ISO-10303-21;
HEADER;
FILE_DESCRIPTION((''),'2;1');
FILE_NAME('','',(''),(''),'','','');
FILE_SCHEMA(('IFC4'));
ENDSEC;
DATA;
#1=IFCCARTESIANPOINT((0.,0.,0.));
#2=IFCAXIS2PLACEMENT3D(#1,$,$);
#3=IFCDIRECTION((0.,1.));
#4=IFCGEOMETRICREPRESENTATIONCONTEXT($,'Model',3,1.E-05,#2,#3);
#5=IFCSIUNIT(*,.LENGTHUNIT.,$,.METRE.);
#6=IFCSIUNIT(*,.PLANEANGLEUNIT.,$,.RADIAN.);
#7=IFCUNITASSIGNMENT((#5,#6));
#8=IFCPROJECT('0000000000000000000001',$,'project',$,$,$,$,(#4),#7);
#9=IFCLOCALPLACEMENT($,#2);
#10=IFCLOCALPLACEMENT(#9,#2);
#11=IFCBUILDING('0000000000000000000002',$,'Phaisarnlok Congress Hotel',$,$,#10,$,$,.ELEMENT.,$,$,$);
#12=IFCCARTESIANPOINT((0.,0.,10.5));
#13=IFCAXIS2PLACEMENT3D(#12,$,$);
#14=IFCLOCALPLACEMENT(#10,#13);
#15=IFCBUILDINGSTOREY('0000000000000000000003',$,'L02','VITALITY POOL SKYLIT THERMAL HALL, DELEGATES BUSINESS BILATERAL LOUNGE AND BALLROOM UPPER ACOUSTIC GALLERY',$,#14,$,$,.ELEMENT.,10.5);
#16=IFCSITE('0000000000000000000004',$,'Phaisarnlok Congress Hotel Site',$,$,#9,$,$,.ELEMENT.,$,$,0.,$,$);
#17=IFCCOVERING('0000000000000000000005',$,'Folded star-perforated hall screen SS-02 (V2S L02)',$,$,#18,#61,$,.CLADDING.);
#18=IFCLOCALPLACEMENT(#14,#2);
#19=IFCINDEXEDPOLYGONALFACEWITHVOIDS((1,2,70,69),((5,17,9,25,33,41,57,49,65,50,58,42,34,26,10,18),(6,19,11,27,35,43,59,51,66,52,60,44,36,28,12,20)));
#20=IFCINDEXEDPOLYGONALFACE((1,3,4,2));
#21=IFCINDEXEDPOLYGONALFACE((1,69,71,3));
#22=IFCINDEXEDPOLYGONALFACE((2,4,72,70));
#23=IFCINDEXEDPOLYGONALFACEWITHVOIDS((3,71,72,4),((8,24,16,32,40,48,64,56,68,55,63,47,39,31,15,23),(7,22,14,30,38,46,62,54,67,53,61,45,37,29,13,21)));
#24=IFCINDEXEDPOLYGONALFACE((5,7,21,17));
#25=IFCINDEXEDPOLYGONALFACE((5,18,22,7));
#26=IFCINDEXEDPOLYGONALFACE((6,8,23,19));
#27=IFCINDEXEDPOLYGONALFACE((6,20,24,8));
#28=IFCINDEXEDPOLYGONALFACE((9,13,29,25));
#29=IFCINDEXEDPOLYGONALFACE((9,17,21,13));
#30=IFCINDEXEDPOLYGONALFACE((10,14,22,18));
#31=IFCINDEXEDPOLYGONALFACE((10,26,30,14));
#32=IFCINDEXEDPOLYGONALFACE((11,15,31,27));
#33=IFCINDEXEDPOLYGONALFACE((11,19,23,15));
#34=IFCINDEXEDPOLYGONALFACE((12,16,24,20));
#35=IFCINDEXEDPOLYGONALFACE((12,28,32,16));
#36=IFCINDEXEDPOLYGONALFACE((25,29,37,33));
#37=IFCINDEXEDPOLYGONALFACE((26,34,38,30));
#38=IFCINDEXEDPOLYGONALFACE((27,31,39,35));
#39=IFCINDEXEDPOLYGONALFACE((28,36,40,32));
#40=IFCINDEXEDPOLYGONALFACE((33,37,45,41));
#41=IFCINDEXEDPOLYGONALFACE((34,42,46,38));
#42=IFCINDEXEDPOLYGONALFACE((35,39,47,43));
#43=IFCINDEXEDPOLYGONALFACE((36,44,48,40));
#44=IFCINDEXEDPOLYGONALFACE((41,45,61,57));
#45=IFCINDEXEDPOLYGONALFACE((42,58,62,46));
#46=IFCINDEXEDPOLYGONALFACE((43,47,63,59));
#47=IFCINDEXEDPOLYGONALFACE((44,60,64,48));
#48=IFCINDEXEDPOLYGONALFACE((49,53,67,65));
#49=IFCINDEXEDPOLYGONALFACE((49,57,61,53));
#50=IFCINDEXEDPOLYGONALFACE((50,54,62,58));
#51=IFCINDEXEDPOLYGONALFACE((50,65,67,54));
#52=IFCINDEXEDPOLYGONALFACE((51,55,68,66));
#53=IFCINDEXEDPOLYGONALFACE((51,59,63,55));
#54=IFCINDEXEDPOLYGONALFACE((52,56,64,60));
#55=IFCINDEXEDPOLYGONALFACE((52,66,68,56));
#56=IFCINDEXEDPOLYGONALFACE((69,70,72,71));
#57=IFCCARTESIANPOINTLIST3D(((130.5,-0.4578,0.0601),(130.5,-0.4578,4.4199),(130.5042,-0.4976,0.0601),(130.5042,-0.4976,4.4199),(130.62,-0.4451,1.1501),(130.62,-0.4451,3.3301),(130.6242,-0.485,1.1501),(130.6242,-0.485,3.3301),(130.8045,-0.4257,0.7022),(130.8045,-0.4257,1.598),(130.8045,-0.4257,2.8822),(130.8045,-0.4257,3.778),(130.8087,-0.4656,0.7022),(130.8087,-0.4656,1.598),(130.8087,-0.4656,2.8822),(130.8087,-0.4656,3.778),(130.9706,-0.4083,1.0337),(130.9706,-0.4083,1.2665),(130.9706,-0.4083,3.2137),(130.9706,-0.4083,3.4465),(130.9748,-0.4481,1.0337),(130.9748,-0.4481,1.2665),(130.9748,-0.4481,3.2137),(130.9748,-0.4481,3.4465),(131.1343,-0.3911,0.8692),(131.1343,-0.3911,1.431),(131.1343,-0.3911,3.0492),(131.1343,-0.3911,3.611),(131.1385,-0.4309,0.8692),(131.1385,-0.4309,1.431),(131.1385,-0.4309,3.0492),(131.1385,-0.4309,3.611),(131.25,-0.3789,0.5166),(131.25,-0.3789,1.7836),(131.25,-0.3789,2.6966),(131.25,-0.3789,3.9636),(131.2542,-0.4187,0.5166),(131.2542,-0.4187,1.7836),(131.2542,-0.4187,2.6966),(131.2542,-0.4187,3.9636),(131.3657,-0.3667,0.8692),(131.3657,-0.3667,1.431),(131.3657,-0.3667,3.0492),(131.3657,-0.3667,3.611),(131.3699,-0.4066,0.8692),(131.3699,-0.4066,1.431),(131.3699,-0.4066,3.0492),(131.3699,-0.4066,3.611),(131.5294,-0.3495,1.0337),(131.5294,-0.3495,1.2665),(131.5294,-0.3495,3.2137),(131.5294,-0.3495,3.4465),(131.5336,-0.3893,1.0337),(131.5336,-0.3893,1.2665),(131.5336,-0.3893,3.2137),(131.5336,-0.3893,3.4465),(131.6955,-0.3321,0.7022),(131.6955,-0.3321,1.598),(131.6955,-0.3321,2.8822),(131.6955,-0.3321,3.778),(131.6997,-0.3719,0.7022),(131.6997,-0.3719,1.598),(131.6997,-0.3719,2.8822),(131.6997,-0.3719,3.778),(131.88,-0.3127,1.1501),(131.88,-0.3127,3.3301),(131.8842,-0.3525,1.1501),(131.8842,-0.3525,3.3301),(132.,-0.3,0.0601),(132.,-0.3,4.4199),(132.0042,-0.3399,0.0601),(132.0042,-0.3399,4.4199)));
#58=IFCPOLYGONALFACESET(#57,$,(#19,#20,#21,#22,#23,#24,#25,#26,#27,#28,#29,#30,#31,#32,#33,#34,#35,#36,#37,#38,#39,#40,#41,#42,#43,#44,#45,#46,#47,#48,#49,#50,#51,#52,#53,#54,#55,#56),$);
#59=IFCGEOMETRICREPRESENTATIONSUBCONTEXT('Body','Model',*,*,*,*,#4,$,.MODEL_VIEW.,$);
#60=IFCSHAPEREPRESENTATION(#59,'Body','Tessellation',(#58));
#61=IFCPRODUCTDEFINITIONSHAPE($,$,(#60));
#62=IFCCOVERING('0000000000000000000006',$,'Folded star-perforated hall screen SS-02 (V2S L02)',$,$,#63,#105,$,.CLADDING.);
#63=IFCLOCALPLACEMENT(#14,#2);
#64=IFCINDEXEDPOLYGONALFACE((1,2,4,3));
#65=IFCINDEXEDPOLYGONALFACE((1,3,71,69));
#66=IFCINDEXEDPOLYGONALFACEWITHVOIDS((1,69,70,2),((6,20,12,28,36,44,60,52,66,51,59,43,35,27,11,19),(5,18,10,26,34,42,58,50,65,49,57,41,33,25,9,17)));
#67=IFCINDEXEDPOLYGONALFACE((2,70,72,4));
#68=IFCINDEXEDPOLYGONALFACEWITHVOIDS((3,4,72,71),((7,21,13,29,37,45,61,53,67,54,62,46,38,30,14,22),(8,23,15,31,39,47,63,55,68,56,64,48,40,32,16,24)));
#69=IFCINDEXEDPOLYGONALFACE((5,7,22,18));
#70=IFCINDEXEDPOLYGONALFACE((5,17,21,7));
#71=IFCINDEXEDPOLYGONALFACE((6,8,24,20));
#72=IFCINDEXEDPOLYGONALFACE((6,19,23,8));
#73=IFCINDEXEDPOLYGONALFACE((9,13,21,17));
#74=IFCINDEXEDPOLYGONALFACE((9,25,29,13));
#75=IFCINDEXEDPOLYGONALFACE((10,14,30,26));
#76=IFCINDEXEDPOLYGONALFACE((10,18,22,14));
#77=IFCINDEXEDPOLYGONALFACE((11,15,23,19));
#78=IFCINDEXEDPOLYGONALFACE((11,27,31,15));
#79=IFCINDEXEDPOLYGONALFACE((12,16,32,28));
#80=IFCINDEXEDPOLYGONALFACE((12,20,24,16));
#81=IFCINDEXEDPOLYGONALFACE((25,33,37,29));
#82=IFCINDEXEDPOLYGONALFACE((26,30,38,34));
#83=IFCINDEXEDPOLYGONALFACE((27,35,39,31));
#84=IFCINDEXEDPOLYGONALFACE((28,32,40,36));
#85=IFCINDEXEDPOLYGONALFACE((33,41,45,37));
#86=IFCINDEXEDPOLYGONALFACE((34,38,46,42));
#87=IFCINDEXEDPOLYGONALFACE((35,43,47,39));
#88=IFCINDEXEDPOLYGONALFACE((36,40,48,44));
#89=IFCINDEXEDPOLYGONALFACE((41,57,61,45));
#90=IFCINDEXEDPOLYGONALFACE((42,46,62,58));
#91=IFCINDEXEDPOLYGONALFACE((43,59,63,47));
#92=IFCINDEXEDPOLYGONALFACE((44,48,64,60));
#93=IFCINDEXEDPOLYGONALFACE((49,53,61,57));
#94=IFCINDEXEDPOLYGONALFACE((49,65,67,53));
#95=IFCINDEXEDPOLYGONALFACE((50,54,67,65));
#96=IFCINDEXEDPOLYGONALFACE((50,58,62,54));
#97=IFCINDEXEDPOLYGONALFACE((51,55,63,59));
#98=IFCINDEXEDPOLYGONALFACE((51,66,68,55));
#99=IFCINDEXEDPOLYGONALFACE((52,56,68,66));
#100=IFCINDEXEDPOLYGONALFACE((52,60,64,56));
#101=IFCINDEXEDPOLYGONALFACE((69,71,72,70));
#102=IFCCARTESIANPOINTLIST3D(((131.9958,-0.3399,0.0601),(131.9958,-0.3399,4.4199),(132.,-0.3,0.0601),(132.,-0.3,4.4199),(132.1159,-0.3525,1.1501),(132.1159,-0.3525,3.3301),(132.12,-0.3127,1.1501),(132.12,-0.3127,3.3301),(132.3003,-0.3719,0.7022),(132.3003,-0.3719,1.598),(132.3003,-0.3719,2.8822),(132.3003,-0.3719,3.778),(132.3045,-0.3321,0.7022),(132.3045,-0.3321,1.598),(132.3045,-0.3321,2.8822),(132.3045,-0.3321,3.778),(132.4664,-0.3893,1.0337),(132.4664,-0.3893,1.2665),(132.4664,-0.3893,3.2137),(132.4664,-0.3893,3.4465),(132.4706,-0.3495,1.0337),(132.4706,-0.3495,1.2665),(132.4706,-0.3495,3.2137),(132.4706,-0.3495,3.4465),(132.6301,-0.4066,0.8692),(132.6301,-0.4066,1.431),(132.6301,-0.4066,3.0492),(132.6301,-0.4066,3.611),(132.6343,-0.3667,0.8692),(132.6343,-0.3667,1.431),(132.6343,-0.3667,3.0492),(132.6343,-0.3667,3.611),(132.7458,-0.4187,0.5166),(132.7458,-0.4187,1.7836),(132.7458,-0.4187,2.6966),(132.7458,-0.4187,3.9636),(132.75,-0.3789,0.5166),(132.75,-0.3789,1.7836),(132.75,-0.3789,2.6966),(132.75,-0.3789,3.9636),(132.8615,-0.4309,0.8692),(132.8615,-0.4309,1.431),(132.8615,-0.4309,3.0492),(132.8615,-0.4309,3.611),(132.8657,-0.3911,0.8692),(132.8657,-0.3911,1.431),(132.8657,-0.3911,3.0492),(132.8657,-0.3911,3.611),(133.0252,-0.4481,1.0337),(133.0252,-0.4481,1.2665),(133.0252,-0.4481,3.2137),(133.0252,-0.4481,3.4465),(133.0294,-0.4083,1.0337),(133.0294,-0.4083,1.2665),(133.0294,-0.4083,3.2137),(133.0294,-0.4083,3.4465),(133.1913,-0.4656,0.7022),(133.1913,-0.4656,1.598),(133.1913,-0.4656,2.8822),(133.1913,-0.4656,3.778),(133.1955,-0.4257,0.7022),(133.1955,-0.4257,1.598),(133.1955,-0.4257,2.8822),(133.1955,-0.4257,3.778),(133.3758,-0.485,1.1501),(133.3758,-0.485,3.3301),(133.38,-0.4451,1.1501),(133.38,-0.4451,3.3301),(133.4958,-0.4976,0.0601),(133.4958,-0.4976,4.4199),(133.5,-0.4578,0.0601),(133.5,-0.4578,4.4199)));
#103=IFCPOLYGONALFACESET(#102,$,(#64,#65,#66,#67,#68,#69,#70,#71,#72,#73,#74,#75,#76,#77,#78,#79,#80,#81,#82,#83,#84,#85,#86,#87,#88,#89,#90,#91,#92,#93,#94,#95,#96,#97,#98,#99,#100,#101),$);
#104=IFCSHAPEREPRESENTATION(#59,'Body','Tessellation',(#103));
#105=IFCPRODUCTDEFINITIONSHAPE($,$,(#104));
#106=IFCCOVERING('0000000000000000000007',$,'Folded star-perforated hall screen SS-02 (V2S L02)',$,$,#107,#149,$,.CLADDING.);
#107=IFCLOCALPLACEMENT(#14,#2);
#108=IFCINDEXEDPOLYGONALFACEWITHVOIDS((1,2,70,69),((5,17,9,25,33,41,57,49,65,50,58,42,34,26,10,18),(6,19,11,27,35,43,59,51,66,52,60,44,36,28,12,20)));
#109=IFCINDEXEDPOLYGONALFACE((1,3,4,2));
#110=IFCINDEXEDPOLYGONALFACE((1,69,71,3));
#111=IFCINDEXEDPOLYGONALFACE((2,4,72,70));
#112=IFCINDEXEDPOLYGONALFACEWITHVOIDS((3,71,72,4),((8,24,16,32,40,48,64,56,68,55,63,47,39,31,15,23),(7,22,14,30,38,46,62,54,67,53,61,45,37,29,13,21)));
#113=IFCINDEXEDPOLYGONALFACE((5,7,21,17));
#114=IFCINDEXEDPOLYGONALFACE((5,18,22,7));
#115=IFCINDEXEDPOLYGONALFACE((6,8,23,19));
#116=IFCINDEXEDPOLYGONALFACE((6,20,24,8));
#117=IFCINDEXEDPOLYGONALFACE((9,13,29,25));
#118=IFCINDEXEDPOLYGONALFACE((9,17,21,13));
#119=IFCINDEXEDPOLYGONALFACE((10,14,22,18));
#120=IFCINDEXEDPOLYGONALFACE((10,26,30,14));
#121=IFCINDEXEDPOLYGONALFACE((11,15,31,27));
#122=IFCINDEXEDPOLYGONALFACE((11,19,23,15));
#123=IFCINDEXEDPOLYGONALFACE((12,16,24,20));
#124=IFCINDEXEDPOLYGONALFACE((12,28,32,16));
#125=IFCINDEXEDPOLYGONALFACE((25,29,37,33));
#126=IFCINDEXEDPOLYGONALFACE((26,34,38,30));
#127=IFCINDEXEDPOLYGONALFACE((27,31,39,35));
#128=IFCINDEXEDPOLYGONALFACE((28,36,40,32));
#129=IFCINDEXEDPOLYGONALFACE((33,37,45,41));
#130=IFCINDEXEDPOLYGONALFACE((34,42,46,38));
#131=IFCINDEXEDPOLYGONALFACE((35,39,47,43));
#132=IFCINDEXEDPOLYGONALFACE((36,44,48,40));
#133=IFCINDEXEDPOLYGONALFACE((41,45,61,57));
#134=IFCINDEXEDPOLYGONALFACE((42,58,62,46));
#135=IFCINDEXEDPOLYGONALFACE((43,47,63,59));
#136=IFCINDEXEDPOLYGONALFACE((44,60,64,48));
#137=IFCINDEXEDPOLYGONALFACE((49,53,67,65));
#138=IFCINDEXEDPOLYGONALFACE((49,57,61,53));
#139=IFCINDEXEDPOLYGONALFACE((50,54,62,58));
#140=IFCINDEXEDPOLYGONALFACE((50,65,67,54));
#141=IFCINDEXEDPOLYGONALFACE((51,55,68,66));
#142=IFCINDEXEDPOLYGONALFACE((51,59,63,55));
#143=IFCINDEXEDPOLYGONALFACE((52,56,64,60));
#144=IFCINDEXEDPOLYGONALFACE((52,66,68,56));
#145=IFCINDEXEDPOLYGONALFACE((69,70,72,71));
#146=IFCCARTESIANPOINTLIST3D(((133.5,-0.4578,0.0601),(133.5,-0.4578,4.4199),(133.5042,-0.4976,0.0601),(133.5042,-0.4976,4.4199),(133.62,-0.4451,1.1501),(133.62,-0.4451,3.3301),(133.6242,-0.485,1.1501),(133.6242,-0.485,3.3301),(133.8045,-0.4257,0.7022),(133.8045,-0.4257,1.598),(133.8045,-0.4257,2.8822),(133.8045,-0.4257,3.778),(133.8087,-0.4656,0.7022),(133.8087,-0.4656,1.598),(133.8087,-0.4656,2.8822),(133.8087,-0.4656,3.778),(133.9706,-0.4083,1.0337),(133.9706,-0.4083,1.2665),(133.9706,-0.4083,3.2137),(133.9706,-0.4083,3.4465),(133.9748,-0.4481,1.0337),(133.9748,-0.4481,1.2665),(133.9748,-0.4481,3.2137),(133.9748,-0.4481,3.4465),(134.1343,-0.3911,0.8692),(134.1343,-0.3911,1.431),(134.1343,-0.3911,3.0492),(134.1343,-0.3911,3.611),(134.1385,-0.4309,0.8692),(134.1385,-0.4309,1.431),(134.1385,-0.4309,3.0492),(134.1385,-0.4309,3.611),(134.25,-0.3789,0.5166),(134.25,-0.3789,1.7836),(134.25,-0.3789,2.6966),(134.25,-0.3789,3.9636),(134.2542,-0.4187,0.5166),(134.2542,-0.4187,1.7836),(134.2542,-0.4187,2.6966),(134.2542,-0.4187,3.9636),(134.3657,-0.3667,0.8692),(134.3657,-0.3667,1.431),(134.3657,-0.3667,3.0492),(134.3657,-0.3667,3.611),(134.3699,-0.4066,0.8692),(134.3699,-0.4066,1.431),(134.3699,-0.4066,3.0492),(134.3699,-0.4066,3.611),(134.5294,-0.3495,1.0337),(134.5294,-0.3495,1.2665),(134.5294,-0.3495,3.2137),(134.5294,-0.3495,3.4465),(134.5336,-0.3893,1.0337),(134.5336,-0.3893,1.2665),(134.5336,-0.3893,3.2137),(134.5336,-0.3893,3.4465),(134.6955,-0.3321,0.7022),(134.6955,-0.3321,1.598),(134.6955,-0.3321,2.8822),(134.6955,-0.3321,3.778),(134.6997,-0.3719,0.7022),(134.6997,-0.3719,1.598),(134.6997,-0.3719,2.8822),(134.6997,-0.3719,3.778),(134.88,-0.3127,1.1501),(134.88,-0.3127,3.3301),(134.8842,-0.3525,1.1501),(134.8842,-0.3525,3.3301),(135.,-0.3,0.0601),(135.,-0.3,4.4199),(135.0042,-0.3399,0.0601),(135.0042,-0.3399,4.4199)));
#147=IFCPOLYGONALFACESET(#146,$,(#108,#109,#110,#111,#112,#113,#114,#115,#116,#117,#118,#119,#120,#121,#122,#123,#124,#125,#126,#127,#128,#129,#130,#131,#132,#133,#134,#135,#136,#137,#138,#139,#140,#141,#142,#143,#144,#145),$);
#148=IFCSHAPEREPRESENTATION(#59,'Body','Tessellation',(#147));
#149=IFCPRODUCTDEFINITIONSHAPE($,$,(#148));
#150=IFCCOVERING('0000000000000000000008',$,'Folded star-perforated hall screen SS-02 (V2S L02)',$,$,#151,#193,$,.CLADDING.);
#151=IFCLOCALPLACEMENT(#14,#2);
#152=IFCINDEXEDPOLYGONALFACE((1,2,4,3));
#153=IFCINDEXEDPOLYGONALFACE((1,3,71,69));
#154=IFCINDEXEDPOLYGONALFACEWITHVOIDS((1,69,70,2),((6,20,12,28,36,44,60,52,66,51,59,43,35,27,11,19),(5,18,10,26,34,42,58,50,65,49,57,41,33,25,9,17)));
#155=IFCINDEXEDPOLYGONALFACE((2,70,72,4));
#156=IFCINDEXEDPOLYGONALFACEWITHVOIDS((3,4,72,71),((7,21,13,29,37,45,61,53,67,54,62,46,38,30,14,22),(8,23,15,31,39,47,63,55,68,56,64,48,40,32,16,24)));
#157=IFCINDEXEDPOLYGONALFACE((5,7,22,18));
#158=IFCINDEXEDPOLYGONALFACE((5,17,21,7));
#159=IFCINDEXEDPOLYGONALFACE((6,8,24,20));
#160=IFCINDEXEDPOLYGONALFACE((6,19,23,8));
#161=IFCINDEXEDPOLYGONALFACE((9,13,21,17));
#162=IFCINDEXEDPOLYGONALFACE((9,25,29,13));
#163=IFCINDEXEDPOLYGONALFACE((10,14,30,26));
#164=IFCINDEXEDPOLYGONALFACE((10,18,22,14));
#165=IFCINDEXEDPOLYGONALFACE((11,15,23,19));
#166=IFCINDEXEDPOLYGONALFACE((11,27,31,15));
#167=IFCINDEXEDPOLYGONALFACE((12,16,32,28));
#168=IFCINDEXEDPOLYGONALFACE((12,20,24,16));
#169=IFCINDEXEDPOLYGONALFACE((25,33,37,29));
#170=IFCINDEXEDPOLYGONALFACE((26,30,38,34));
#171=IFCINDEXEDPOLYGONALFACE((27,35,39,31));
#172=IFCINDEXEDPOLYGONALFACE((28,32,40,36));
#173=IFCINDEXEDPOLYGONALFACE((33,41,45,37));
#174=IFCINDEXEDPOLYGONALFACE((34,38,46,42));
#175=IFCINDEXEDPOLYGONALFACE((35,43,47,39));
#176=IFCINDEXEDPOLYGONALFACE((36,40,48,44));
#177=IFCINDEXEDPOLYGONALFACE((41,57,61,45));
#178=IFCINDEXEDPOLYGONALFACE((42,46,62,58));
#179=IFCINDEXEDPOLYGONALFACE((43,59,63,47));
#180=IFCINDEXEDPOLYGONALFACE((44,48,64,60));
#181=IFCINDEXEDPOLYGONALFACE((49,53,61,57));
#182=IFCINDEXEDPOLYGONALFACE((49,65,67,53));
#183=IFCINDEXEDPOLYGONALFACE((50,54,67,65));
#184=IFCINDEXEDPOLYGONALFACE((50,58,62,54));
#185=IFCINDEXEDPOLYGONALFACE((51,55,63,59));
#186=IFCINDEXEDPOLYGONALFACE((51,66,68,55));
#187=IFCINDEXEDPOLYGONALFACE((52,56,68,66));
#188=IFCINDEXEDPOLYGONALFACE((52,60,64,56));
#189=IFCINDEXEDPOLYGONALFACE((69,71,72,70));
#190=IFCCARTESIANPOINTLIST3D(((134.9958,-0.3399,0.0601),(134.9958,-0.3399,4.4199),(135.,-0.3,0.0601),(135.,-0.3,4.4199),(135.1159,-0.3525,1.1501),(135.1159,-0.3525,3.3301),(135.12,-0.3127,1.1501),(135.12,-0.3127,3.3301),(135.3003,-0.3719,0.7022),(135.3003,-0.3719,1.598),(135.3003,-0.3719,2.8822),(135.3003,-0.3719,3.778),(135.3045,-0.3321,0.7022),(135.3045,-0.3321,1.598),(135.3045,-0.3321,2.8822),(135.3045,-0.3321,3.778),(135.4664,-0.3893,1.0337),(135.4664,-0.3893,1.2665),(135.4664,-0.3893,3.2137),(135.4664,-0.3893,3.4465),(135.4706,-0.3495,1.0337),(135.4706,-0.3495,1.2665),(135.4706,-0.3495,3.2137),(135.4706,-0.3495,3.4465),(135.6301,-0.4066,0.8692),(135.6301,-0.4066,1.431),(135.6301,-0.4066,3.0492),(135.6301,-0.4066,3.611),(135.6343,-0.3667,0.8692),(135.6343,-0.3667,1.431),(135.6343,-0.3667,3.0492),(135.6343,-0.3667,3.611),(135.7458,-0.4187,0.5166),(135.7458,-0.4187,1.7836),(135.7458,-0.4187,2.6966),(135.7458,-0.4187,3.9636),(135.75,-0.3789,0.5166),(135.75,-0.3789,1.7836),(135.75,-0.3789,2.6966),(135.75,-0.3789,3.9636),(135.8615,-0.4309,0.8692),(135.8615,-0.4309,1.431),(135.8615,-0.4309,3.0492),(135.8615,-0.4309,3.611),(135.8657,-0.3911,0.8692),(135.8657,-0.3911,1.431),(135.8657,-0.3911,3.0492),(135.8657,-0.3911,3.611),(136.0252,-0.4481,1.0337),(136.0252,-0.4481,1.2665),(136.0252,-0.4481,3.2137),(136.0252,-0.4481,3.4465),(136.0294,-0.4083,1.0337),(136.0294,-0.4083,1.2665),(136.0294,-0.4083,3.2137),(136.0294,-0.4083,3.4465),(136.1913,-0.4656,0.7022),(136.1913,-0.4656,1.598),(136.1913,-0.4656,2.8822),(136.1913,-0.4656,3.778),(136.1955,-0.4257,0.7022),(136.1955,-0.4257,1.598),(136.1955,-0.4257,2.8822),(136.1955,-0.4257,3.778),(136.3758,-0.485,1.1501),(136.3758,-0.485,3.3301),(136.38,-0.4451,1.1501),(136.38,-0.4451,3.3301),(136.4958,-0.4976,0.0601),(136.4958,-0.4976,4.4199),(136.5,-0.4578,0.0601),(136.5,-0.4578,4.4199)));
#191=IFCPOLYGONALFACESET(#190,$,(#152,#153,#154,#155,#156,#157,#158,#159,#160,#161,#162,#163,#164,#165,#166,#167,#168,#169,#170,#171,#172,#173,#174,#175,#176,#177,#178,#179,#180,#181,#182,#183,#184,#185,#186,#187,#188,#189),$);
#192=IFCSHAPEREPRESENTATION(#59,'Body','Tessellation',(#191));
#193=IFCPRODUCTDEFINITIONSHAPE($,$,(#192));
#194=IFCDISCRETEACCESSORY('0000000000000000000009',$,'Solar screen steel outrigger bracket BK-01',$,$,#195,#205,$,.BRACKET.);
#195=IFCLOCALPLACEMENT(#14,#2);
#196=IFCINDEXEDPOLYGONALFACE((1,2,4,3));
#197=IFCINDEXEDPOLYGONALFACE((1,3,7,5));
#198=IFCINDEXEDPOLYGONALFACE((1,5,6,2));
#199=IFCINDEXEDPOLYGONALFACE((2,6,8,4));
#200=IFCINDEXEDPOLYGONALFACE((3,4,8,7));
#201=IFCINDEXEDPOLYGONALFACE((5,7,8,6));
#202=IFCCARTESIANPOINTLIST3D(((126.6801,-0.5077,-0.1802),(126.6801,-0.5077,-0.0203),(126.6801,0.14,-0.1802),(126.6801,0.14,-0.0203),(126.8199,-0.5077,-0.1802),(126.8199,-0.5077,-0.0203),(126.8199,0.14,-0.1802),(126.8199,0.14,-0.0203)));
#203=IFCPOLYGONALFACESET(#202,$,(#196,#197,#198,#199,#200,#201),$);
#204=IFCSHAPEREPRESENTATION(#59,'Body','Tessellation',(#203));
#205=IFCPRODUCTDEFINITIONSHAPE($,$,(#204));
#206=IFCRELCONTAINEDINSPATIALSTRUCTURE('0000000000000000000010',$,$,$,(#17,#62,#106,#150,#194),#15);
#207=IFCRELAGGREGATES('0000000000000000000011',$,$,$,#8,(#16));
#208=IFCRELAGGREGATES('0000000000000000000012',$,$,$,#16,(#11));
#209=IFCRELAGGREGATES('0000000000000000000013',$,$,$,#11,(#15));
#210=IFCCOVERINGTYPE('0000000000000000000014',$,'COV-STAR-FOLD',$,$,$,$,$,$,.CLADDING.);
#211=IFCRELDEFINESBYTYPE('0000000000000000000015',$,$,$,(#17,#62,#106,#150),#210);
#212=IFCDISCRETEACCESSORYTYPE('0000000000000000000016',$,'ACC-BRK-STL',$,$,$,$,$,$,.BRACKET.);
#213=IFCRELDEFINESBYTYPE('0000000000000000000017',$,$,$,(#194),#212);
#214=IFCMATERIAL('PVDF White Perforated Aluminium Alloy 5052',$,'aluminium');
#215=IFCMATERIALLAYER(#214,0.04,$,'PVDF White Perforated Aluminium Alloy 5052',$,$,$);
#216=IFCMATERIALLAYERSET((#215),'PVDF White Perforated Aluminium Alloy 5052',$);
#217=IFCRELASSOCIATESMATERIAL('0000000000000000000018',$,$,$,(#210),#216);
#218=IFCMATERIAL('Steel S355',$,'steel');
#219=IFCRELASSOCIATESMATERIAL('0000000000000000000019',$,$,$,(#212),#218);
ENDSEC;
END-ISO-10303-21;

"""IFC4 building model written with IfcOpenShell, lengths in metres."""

from ifc_helpers import new_model, si_unit, direction, frame, origin, origin_2d, place, context, subcontext, project, spatial, polyline, rectangle, outline, extrude, material, layer, layer_set, type_object, element, save


model = new_model("IFC4")

# Units and contexts
model_context = context("Model", 3, precision=1e-05, world=origin(), true_north=direction((0.0, 1.0)))
body_context = subcontext(model_context, "Body", "Model", "MODEL_VIEW")
ifc_project = project(units=[si_unit("LENGTHUNIT", "METRE"), si_unit("PLANEANGLEUNIT", "RADIAN")], contexts=[model_context])

# Site, building, storey
site_placement = place(None, origin())
site = spatial("IfcSite", under=ifc_project, at=site_placement, Name="Phaisarnlok Congress Hotel Site", CompositionType="ELEMENT", RefElevation=0.0)
building_placement = place(site_placement, origin())
building = spatial("IfcBuilding", under=site, at=building_placement, Name="Phaisarnlok Congress Hotel", CompositionType="ELEMENT")
storey_placement = place(building_placement, frame((0.0, 0.0, 10.5)))
storey = spatial("IfcBuildingStorey", under=building, at=storey_placement, Name="L02", Description="VITALITY POOL SKYLIT THERMAL HALL, DELEGATES BUSINESS BILATERAL LOUNGE AND BALLROOM UPPER ACOUSTIC GALLERY", CompositionType="ELEMENT", Elevation=10.5)

# Shared definitions
ifc_material_1 = material(Name="Steel S355", Category="steel")

# Coverings
ifc_material_2 = material(Name="PVDF White Perforated Aluminium Alloy 5052", Category="aluminium")
ifc_layer_1 = layer(ifc_material_2, 0.04, Name="PVDF White Perforated Aluminium Alloy 5052")
ifc_layer_set_1 = layer_set([ifc_layer_1], Name="PVDF White Perforated Aluminium Alloy 5052")
covering_type = type_object("IfcCoveringType", Name="COV-STAR-FOLD", PredefinedType="CLADDING", material=ifc_layer_set_1)
for number, where, z_axis, x_axis, name in (
    (1, (130.5, -0.4578, 0.0601), (0.104567, -0.994518, 0.0), (0.994518, 0.104567, 0.0), "Folded star-perforated hall screen SS-02 (V2S L02)"),
    (2, (132.0, -0.3, 0.0601), (-0.104567, -0.994518, 0.0), (0.994518, -0.104567, 0.0), "Folded star-perforated hall screen SS-02 (V2S L02)"),
    (3, (133.5, -0.4578, 0.0601), (0.104567, -0.994518, 0.0), (0.994518, 0.104567, 0.0), "Folded star-perforated hall screen SS-02 (V2S L02)"),
    (4, (135.0, -0.3, 0.0601), (-0.104567, -0.994518, 0.0), (0.994518, -0.104567, 0.0), "Folded star-perforated hall screen SS-02 (V2S L02)"),
):
    element("IfcCovering", number, at=place(storey_placement, frame(where, z_axis=z_axis, x_axis=x_axis)), inside=storey, type_object=covering_type, Name=name, PredefinedType="CLADDING", context=body_context, shape_type="SweptSolid", body=[
        extrude(outline(polyline([(0.0, 0.0), (1.5083, 0.0), (1.5083, 4.3599), (0.0, 4.3599), (0.0, 0.0)]), holes=[polyline([(1.0351, 0.9736), (1.2021, 0.6421), (0.8705, 0.8091), (0.7541, 0.4565), (0.6378, 0.8091), (0.3062, 0.6421), (0.4732, 0.9736), (0.1207, 1.09), (0.4732, 1.2064), (0.3062, 1.5379), (0.6378, 1.3709), (0.7541, 1.7235), (0.8705, 1.3709), (1.2021, 1.5379), (1.0351, 1.2064), (1.3876, 1.09), (1.0351, 0.9736)]), polyline([(1.0351, 3.1536), (1.2021, 2.8221), (0.8705, 2.9891), (0.7541, 2.6365), (0.6378, 2.9891), (0.3062, 2.8221), (0.4732, 3.1536), (0.1207, 3.27), (0.4732, 3.3864), (0.3062, 3.7179), (0.6378, 3.5509), (0.7541, 3.9035), (0.8705, 3.5509), (1.2021, 3.7179), (1.0351, 3.3864), (1.3876, 3.27), (1.0351, 3.1536)])]), origin(), (0.0, 0.0, 1.0), 0.04),
    ])

# Discrete accessory
discrete_accessory_type = type_object("IfcDiscreteAccessoryType", Name="ACC-BRK-STL", PredefinedType="BRACKET", material=ifc_material_1)
for number, where, z_axis, x_axis, name in (
    (5, (126.75, -0.1838, -0.1802), (0.0, 0.0, 1.0), (1.0, 0.0, 0.0), "Solar screen steel outrigger bracket BK-01"),
):
    element("IfcDiscreteAccessory", number, at=place(storey_placement, frame(where, z_axis=z_axis, x_axis=x_axis)), inside=storey, type_object=discrete_accessory_type, Name=name, PredefinedType="BRACKET", context=body_context, shape_type="SweptSolid", body=[
        extrude(rectangle(XDim=0.1399, YDim=0.6477, at=origin_2d()), origin(), (0.0, 0.0, 1.0), 0.1599),
    ])

save(model, "model.ifc")
